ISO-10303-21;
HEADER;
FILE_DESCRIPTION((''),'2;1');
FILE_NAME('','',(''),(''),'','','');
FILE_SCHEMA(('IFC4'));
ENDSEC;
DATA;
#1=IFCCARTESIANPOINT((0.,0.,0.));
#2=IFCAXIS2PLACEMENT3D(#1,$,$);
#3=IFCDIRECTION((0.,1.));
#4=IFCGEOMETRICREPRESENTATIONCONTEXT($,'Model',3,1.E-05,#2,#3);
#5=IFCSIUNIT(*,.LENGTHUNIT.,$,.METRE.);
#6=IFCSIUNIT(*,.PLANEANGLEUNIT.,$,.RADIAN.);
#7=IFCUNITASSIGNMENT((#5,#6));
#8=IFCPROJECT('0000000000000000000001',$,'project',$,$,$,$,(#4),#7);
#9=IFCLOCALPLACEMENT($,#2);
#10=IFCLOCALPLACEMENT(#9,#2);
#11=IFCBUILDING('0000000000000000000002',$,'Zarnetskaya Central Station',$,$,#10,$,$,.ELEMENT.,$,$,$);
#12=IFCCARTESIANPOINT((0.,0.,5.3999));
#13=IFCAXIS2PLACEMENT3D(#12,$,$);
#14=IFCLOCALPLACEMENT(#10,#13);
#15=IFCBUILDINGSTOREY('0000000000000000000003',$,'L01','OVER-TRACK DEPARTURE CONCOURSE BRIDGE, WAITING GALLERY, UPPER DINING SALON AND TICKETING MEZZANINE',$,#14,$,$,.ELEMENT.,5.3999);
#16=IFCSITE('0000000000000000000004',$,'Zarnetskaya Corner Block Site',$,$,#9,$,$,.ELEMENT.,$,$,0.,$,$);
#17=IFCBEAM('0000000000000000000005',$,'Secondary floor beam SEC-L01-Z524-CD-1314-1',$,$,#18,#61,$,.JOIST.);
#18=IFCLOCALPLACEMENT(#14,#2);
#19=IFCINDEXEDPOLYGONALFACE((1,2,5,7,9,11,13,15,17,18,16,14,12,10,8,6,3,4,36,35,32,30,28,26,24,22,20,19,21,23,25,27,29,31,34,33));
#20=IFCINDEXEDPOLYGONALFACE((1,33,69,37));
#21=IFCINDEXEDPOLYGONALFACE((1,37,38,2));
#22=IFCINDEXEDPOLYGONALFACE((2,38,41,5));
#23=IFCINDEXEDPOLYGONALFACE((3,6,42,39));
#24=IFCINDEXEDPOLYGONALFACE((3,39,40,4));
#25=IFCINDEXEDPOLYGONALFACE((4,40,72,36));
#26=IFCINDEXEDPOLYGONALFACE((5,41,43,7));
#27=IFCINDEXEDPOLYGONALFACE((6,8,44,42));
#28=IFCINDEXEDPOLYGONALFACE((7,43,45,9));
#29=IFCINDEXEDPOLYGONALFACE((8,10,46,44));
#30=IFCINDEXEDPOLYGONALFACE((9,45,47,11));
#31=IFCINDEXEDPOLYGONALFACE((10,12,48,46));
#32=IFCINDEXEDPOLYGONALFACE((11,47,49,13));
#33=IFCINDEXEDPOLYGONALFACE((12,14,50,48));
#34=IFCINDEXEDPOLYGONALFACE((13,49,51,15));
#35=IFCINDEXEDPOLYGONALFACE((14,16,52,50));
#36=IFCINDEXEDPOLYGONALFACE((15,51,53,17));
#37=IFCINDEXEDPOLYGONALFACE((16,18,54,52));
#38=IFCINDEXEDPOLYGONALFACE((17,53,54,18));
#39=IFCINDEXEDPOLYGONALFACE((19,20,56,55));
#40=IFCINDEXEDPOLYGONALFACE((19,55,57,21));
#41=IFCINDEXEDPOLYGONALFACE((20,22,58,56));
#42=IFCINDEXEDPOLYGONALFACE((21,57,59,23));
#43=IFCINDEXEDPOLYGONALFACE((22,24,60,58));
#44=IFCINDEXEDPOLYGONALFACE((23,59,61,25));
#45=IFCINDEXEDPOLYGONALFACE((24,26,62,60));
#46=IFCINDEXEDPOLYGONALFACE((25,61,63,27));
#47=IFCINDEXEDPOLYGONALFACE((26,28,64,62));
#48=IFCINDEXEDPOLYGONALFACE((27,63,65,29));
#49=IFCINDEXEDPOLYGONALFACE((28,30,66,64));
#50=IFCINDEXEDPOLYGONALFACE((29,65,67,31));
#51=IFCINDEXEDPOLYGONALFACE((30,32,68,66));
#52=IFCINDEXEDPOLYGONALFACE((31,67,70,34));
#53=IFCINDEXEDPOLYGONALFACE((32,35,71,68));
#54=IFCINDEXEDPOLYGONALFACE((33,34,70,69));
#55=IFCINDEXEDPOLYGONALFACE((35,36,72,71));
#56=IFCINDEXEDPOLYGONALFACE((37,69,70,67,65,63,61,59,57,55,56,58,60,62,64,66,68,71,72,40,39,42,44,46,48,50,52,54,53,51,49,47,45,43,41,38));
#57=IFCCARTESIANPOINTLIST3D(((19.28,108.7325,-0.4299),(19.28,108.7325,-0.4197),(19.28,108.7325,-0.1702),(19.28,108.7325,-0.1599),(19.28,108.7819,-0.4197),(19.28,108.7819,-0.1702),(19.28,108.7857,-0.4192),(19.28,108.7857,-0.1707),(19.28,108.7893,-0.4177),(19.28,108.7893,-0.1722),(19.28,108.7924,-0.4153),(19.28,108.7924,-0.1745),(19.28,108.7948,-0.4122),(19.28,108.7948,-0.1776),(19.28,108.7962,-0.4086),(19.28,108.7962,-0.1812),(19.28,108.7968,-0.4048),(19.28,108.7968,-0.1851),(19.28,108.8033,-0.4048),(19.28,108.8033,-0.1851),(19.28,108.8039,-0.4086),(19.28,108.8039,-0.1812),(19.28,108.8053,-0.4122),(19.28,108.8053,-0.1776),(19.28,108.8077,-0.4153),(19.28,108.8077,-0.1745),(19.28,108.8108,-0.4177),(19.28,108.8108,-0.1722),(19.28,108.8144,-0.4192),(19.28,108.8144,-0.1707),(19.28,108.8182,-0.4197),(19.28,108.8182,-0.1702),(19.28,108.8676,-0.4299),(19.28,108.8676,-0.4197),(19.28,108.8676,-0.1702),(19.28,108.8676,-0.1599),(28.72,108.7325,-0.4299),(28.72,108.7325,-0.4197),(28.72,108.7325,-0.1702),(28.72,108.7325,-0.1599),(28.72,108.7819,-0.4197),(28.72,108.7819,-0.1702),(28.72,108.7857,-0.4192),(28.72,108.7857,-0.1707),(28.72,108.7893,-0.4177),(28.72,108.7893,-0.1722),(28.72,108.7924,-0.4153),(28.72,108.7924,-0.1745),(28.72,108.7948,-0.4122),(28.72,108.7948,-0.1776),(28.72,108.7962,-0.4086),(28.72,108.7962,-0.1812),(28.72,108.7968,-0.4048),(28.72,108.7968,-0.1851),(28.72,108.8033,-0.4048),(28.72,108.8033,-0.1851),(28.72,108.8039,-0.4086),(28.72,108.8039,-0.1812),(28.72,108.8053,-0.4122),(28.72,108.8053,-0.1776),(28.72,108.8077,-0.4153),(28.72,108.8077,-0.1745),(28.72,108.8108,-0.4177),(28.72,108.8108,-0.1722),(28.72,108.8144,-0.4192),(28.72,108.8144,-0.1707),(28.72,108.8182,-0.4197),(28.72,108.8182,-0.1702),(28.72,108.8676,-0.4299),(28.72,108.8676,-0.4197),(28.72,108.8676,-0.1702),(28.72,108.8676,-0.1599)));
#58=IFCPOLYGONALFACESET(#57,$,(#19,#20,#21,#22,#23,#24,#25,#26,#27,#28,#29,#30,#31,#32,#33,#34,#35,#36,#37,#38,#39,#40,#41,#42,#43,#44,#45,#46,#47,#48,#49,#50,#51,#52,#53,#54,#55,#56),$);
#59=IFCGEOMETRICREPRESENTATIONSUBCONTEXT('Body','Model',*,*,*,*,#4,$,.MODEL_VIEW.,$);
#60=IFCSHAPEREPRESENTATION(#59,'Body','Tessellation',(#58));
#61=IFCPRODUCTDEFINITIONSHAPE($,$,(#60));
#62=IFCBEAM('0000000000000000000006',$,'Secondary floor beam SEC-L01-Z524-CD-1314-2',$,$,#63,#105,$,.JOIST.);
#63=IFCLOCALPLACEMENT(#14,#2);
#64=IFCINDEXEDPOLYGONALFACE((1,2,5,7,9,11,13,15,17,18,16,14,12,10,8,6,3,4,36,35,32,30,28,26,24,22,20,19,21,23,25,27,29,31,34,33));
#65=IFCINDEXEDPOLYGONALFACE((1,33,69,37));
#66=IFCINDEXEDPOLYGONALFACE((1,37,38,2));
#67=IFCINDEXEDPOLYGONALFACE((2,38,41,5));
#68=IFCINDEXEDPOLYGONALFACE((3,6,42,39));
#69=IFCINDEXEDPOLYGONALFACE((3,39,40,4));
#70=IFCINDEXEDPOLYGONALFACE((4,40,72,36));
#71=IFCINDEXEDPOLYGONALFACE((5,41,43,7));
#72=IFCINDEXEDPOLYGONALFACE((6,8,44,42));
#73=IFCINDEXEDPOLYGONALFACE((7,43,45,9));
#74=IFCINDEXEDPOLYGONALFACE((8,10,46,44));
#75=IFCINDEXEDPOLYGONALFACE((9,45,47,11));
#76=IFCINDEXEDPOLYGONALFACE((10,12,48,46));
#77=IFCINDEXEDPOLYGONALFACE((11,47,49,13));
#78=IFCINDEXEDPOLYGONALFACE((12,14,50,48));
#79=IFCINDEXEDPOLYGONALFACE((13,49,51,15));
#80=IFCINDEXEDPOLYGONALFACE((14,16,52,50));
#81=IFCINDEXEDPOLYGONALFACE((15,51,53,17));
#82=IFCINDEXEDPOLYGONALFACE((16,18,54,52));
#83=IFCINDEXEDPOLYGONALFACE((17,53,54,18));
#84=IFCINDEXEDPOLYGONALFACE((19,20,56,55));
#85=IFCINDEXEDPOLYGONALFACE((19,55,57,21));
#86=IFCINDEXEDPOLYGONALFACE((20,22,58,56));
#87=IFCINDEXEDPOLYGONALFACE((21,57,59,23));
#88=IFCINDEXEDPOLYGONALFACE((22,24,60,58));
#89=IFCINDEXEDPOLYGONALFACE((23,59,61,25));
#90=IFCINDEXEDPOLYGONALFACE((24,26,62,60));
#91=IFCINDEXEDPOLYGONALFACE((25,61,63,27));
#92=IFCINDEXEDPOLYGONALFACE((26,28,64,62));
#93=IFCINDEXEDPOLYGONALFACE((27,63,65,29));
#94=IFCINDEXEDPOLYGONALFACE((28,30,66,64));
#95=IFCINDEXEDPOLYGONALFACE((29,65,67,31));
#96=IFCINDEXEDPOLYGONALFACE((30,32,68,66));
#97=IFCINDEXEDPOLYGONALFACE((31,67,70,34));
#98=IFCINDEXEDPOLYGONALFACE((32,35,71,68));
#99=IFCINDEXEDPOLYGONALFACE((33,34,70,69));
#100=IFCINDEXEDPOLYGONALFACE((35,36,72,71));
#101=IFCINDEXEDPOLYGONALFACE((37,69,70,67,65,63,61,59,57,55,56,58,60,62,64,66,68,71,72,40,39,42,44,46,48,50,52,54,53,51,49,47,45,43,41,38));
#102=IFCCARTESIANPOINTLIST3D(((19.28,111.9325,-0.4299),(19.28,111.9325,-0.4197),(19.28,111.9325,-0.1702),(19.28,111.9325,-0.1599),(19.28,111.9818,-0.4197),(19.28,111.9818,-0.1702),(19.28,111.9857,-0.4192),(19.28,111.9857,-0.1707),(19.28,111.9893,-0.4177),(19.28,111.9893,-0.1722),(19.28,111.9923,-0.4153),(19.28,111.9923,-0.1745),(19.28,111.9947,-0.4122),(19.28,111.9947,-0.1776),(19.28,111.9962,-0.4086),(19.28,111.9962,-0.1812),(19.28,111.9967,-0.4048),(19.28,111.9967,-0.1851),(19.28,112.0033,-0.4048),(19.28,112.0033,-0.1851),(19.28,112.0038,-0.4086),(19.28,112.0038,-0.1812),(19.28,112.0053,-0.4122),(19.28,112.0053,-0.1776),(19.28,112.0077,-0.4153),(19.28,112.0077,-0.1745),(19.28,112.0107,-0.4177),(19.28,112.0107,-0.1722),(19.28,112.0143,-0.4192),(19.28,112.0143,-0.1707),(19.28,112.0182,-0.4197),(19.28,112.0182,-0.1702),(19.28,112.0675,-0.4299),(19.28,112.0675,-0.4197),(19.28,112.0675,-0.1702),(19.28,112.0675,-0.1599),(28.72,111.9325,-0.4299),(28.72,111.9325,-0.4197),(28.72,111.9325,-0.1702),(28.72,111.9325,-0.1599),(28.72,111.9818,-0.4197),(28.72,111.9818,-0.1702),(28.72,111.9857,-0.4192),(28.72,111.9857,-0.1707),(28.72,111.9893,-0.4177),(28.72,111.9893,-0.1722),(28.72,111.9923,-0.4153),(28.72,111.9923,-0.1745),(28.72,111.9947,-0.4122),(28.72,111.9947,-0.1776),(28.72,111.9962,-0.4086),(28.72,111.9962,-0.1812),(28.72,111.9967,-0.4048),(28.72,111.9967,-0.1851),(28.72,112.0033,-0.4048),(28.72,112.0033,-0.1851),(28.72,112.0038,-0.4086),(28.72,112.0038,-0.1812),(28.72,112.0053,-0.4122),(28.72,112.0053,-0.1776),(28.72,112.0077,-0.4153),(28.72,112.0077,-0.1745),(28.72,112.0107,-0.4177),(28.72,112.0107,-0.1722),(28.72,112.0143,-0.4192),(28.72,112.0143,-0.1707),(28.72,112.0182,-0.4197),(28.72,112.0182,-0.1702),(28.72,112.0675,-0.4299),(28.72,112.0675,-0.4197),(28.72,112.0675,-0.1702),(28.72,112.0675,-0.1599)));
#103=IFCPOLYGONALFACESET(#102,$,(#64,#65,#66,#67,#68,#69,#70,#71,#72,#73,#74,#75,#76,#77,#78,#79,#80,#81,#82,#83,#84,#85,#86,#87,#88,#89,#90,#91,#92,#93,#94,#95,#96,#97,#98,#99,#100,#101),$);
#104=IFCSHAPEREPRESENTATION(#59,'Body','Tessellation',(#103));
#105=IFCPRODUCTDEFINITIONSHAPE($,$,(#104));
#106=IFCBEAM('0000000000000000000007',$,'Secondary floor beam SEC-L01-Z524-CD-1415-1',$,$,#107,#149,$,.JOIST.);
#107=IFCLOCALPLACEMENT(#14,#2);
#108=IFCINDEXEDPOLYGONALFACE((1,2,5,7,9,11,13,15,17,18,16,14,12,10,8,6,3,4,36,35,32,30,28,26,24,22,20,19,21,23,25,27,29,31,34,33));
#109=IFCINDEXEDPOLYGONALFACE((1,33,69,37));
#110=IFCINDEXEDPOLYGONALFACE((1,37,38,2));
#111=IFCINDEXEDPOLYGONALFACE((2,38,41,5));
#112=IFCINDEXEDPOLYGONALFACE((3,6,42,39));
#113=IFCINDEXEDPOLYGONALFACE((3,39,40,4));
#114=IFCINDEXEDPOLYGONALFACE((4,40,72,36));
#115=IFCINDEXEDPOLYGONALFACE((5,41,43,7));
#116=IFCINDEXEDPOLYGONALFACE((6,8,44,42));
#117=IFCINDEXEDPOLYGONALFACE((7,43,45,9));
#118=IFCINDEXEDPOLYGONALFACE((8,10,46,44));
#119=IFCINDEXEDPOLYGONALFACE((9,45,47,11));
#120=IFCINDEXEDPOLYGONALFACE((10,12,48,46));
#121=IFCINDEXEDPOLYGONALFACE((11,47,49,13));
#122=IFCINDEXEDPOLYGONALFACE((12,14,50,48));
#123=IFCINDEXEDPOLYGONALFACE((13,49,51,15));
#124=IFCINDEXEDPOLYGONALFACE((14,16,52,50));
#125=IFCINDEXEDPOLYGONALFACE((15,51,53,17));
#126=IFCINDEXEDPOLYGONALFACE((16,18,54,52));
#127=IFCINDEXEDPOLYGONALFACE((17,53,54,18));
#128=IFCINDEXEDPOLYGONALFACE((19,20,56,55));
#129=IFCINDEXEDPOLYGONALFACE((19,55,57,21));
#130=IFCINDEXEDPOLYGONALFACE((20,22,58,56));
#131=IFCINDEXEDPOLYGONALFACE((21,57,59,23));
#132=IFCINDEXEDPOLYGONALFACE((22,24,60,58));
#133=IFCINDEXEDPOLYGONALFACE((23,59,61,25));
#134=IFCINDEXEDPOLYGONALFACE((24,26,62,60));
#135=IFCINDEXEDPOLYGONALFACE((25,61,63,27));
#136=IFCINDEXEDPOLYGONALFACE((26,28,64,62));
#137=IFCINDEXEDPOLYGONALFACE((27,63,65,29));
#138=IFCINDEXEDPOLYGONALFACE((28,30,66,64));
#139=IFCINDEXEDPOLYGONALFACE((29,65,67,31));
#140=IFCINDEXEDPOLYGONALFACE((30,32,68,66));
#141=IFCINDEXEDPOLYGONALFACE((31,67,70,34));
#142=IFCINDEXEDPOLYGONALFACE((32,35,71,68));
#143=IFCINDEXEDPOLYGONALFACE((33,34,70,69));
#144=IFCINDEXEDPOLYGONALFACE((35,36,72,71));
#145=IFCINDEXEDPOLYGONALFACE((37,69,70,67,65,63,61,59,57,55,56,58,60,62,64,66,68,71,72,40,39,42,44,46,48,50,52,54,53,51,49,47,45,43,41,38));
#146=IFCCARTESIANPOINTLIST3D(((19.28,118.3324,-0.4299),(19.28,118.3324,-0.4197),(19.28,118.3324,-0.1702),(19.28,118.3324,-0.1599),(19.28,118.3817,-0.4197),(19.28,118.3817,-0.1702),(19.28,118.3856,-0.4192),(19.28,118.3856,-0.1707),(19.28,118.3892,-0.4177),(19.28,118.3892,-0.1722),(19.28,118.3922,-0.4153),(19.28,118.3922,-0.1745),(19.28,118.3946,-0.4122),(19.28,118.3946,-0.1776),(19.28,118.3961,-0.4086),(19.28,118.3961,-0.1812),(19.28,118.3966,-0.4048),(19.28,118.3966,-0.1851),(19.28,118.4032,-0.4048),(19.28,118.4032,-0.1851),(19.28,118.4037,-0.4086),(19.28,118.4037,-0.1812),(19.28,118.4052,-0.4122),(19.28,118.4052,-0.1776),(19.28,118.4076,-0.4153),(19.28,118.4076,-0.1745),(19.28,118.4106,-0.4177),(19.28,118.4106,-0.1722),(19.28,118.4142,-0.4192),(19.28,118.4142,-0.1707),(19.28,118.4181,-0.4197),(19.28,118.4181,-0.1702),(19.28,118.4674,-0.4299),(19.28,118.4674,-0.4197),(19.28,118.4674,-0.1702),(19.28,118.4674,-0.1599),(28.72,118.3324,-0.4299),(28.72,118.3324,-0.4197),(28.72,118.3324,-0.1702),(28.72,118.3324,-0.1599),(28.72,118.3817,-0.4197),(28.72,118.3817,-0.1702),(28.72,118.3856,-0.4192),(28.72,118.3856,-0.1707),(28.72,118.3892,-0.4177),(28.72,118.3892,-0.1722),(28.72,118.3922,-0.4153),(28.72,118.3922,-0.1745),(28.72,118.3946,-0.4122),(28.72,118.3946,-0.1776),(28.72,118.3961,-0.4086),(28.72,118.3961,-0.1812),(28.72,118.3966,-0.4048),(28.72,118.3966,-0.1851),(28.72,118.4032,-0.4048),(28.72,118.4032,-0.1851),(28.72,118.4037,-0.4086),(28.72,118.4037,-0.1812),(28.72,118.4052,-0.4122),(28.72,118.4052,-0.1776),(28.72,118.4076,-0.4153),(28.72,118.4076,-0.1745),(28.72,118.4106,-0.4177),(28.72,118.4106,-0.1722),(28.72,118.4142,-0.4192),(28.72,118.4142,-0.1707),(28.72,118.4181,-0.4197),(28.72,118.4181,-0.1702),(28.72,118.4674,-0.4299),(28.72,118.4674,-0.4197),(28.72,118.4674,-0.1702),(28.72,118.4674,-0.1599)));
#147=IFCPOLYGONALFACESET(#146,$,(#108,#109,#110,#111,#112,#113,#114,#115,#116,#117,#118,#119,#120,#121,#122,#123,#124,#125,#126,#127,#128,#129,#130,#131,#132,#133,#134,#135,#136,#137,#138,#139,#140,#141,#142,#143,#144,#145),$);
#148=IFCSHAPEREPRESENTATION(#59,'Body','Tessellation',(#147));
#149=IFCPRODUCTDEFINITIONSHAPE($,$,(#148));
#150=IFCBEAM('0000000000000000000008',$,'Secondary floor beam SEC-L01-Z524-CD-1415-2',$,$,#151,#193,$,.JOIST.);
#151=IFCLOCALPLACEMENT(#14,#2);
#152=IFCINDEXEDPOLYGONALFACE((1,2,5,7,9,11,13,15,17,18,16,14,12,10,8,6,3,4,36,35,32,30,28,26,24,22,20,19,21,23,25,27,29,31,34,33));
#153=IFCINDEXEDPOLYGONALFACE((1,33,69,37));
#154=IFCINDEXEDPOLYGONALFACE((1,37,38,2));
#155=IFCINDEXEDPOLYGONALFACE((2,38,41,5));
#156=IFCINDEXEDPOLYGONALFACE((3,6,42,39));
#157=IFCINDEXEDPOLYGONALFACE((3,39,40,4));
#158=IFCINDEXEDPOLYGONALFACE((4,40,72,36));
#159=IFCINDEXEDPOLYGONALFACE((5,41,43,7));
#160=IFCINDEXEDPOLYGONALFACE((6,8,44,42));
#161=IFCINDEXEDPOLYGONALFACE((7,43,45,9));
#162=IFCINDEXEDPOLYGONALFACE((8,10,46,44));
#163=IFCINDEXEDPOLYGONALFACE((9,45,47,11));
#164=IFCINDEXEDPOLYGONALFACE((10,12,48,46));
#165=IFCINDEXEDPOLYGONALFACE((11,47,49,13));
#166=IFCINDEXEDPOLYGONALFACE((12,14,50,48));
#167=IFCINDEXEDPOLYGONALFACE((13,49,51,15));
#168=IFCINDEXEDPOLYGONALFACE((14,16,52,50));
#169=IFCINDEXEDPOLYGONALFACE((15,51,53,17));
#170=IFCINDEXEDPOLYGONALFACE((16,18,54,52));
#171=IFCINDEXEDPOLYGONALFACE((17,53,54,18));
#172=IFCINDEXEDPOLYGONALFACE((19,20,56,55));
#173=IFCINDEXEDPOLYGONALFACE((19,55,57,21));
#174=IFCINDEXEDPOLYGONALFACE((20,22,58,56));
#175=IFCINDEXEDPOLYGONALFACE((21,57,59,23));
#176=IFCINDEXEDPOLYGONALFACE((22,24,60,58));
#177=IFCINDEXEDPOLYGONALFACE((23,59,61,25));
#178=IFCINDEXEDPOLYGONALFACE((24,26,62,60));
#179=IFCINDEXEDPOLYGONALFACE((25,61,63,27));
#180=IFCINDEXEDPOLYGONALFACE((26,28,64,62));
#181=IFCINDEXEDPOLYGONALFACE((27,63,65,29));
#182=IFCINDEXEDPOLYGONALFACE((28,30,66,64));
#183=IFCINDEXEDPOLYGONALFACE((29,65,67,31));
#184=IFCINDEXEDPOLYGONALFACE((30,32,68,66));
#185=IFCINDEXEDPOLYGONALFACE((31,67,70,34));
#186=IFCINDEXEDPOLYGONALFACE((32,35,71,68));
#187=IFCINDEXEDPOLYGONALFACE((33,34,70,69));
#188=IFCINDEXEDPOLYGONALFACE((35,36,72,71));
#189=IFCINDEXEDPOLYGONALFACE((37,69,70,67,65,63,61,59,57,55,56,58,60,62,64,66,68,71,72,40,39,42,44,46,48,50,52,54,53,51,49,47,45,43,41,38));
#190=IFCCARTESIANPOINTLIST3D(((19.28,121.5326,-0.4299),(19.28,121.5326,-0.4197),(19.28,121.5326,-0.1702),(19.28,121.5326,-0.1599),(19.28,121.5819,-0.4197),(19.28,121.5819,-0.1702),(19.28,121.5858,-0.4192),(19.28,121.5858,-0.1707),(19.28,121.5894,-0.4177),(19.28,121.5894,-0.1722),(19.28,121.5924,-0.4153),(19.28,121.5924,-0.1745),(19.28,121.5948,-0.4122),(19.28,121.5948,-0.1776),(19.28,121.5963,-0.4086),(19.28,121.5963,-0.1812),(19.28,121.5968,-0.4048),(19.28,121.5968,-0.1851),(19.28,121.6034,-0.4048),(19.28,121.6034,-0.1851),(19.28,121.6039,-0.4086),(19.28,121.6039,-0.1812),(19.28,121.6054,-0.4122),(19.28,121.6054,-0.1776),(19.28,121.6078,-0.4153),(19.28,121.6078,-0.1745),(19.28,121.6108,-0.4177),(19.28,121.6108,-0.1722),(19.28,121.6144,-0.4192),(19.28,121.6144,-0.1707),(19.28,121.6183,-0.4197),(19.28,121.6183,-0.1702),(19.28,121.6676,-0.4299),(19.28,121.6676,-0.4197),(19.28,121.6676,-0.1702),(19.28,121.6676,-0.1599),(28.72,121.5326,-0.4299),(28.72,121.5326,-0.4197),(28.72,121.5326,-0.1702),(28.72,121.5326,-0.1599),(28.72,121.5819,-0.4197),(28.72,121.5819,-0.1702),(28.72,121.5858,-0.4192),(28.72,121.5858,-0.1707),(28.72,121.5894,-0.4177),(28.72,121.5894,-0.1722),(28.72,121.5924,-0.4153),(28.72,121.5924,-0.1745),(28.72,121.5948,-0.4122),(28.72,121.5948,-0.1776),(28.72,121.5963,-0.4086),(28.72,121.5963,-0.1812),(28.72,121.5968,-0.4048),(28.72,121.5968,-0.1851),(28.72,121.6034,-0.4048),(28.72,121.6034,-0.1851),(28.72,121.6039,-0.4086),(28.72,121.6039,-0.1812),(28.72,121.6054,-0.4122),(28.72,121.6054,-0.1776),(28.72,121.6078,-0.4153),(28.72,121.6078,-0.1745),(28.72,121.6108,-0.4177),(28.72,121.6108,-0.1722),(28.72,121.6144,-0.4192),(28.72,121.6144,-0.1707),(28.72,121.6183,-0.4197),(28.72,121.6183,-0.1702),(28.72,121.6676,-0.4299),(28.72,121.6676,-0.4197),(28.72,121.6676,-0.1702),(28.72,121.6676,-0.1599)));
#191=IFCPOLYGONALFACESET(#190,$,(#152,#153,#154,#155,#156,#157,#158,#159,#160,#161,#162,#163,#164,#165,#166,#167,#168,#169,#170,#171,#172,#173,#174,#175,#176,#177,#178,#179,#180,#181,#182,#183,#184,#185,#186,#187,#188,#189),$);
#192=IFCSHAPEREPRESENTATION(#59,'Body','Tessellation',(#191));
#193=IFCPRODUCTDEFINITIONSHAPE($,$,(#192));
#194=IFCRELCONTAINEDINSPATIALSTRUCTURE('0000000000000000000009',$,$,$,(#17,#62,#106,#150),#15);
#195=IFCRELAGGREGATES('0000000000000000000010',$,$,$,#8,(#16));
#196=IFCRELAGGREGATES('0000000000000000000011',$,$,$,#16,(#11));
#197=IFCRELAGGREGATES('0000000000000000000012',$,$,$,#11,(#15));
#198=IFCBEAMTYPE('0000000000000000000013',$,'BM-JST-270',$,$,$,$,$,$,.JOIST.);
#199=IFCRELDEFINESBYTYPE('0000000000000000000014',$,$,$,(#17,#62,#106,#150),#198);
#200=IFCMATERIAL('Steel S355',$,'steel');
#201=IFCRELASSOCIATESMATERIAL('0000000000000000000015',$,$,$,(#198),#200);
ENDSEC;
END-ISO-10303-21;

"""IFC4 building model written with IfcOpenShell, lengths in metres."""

from ifc_helpers import new_model, si_unit, direction, frame, origin, origin_2d, place, context, subcontext, project, spatial, i_section, extrude, material, material_profile, profile_set, type_object, element, save


model = new_model("IFC4")

# Units and contexts
model_context = context("Model", 3, precision=1e-05, world=origin(), true_north=direction((0.0, 1.0)))
body_context = subcontext(model_context, "Body", "Model", "MODEL_VIEW")
ifc_project = project(units=[si_unit("LENGTHUNIT", "METRE"), si_unit("PLANEANGLEUNIT", "RADIAN")], contexts=[model_context])

# Site, building, storey
site_placement = place(None, origin())
site = spatial("IfcSite", under=ifc_project, at=site_placement, Name="Zarnetskaya Corner Block Site", CompositionType="ELEMENT", RefElevation=0.0)
building_placement = place(site_placement, origin())
building = spatial("IfcBuilding", under=site, at=building_placement, Name="Zarnetskaya Central Station", CompositionType="ELEMENT")
storey_placement = place(building_placement, frame((0.0, 0.0, 5.3999)))
storey = spatial("IfcBuildingStorey", under=building, at=storey_placement, Name="L01", Description="OVER-TRACK DEPARTURE CONCOURSE BRIDGE, WAITING GALLERY, UPPER DINING SALON AND TICKETING MEZZANINE", CompositionType="ELEMENT", Elevation=5.3999)

# Beams
ifc_material = material(Name="Steel S355", Category="steel")
ifc_material_profile_1 = material_profile(ifc_material, i_section(OverallWidth=0.135, OverallDepth=0.27, WebThickness=0.0066, FlangeThickness=0.0103, FilletRadius=0.0149, at=origin_2d()), Name="IPE 270")
ifc_profile_set_1 = profile_set([ifc_material_profile_1], Name="Steel S355")
beam_type_1 = type_object("IfcBeamType", Name="BM-JST-270", PredefinedType="JOIST", material=ifc_profile_set_1)
for number, where, z_axis, x_axis, name in (
    (1, (19.28, 108.8, -0.2949), (1.0, 0.0, 0.0), (0.0, 1.0, 0.0), "Secondary floor beam SEC-L01-Z524-CD-1314-1"),
    (2, (19.28, 112.0, -0.2949), (1.0, 0.0, 0.0), (0.0, 1.0, 0.0), "Secondary floor beam SEC-L01-Z524-CD-1314-2"),
    (3, (19.28, 118.3999, -0.2949), (1.0, 0.0, 0.0), (0.0, 1.0, 0.0), "Secondary floor beam SEC-L01-Z524-CD-1415-1"),
    (4, (19.28, 121.6001, -0.2949), (1.0, 0.0, 0.0), (0.0, 1.0, 0.0), "Secondary floor beam SEC-L01-Z524-CD-1415-2"),
):
    element("IfcBeam", number, at=place(storey_placement, frame(where, z_axis=z_axis, x_axis=x_axis)), inside=storey, type_object=beam_type_1, Name=name, PredefinedType="JOIST", context=body_context, shape_type="SweptSolid", body=[
        extrude(i_section(OverallWidth=0.135, OverallDepth=0.27, WebThickness=0.0066, FlangeThickness=0.0103, FilletRadius=0.0149, at=origin_2d()), origin(), (0.0, 0.0, 1.0), 9.4399),
    ])

save(model, "model.ifc")
